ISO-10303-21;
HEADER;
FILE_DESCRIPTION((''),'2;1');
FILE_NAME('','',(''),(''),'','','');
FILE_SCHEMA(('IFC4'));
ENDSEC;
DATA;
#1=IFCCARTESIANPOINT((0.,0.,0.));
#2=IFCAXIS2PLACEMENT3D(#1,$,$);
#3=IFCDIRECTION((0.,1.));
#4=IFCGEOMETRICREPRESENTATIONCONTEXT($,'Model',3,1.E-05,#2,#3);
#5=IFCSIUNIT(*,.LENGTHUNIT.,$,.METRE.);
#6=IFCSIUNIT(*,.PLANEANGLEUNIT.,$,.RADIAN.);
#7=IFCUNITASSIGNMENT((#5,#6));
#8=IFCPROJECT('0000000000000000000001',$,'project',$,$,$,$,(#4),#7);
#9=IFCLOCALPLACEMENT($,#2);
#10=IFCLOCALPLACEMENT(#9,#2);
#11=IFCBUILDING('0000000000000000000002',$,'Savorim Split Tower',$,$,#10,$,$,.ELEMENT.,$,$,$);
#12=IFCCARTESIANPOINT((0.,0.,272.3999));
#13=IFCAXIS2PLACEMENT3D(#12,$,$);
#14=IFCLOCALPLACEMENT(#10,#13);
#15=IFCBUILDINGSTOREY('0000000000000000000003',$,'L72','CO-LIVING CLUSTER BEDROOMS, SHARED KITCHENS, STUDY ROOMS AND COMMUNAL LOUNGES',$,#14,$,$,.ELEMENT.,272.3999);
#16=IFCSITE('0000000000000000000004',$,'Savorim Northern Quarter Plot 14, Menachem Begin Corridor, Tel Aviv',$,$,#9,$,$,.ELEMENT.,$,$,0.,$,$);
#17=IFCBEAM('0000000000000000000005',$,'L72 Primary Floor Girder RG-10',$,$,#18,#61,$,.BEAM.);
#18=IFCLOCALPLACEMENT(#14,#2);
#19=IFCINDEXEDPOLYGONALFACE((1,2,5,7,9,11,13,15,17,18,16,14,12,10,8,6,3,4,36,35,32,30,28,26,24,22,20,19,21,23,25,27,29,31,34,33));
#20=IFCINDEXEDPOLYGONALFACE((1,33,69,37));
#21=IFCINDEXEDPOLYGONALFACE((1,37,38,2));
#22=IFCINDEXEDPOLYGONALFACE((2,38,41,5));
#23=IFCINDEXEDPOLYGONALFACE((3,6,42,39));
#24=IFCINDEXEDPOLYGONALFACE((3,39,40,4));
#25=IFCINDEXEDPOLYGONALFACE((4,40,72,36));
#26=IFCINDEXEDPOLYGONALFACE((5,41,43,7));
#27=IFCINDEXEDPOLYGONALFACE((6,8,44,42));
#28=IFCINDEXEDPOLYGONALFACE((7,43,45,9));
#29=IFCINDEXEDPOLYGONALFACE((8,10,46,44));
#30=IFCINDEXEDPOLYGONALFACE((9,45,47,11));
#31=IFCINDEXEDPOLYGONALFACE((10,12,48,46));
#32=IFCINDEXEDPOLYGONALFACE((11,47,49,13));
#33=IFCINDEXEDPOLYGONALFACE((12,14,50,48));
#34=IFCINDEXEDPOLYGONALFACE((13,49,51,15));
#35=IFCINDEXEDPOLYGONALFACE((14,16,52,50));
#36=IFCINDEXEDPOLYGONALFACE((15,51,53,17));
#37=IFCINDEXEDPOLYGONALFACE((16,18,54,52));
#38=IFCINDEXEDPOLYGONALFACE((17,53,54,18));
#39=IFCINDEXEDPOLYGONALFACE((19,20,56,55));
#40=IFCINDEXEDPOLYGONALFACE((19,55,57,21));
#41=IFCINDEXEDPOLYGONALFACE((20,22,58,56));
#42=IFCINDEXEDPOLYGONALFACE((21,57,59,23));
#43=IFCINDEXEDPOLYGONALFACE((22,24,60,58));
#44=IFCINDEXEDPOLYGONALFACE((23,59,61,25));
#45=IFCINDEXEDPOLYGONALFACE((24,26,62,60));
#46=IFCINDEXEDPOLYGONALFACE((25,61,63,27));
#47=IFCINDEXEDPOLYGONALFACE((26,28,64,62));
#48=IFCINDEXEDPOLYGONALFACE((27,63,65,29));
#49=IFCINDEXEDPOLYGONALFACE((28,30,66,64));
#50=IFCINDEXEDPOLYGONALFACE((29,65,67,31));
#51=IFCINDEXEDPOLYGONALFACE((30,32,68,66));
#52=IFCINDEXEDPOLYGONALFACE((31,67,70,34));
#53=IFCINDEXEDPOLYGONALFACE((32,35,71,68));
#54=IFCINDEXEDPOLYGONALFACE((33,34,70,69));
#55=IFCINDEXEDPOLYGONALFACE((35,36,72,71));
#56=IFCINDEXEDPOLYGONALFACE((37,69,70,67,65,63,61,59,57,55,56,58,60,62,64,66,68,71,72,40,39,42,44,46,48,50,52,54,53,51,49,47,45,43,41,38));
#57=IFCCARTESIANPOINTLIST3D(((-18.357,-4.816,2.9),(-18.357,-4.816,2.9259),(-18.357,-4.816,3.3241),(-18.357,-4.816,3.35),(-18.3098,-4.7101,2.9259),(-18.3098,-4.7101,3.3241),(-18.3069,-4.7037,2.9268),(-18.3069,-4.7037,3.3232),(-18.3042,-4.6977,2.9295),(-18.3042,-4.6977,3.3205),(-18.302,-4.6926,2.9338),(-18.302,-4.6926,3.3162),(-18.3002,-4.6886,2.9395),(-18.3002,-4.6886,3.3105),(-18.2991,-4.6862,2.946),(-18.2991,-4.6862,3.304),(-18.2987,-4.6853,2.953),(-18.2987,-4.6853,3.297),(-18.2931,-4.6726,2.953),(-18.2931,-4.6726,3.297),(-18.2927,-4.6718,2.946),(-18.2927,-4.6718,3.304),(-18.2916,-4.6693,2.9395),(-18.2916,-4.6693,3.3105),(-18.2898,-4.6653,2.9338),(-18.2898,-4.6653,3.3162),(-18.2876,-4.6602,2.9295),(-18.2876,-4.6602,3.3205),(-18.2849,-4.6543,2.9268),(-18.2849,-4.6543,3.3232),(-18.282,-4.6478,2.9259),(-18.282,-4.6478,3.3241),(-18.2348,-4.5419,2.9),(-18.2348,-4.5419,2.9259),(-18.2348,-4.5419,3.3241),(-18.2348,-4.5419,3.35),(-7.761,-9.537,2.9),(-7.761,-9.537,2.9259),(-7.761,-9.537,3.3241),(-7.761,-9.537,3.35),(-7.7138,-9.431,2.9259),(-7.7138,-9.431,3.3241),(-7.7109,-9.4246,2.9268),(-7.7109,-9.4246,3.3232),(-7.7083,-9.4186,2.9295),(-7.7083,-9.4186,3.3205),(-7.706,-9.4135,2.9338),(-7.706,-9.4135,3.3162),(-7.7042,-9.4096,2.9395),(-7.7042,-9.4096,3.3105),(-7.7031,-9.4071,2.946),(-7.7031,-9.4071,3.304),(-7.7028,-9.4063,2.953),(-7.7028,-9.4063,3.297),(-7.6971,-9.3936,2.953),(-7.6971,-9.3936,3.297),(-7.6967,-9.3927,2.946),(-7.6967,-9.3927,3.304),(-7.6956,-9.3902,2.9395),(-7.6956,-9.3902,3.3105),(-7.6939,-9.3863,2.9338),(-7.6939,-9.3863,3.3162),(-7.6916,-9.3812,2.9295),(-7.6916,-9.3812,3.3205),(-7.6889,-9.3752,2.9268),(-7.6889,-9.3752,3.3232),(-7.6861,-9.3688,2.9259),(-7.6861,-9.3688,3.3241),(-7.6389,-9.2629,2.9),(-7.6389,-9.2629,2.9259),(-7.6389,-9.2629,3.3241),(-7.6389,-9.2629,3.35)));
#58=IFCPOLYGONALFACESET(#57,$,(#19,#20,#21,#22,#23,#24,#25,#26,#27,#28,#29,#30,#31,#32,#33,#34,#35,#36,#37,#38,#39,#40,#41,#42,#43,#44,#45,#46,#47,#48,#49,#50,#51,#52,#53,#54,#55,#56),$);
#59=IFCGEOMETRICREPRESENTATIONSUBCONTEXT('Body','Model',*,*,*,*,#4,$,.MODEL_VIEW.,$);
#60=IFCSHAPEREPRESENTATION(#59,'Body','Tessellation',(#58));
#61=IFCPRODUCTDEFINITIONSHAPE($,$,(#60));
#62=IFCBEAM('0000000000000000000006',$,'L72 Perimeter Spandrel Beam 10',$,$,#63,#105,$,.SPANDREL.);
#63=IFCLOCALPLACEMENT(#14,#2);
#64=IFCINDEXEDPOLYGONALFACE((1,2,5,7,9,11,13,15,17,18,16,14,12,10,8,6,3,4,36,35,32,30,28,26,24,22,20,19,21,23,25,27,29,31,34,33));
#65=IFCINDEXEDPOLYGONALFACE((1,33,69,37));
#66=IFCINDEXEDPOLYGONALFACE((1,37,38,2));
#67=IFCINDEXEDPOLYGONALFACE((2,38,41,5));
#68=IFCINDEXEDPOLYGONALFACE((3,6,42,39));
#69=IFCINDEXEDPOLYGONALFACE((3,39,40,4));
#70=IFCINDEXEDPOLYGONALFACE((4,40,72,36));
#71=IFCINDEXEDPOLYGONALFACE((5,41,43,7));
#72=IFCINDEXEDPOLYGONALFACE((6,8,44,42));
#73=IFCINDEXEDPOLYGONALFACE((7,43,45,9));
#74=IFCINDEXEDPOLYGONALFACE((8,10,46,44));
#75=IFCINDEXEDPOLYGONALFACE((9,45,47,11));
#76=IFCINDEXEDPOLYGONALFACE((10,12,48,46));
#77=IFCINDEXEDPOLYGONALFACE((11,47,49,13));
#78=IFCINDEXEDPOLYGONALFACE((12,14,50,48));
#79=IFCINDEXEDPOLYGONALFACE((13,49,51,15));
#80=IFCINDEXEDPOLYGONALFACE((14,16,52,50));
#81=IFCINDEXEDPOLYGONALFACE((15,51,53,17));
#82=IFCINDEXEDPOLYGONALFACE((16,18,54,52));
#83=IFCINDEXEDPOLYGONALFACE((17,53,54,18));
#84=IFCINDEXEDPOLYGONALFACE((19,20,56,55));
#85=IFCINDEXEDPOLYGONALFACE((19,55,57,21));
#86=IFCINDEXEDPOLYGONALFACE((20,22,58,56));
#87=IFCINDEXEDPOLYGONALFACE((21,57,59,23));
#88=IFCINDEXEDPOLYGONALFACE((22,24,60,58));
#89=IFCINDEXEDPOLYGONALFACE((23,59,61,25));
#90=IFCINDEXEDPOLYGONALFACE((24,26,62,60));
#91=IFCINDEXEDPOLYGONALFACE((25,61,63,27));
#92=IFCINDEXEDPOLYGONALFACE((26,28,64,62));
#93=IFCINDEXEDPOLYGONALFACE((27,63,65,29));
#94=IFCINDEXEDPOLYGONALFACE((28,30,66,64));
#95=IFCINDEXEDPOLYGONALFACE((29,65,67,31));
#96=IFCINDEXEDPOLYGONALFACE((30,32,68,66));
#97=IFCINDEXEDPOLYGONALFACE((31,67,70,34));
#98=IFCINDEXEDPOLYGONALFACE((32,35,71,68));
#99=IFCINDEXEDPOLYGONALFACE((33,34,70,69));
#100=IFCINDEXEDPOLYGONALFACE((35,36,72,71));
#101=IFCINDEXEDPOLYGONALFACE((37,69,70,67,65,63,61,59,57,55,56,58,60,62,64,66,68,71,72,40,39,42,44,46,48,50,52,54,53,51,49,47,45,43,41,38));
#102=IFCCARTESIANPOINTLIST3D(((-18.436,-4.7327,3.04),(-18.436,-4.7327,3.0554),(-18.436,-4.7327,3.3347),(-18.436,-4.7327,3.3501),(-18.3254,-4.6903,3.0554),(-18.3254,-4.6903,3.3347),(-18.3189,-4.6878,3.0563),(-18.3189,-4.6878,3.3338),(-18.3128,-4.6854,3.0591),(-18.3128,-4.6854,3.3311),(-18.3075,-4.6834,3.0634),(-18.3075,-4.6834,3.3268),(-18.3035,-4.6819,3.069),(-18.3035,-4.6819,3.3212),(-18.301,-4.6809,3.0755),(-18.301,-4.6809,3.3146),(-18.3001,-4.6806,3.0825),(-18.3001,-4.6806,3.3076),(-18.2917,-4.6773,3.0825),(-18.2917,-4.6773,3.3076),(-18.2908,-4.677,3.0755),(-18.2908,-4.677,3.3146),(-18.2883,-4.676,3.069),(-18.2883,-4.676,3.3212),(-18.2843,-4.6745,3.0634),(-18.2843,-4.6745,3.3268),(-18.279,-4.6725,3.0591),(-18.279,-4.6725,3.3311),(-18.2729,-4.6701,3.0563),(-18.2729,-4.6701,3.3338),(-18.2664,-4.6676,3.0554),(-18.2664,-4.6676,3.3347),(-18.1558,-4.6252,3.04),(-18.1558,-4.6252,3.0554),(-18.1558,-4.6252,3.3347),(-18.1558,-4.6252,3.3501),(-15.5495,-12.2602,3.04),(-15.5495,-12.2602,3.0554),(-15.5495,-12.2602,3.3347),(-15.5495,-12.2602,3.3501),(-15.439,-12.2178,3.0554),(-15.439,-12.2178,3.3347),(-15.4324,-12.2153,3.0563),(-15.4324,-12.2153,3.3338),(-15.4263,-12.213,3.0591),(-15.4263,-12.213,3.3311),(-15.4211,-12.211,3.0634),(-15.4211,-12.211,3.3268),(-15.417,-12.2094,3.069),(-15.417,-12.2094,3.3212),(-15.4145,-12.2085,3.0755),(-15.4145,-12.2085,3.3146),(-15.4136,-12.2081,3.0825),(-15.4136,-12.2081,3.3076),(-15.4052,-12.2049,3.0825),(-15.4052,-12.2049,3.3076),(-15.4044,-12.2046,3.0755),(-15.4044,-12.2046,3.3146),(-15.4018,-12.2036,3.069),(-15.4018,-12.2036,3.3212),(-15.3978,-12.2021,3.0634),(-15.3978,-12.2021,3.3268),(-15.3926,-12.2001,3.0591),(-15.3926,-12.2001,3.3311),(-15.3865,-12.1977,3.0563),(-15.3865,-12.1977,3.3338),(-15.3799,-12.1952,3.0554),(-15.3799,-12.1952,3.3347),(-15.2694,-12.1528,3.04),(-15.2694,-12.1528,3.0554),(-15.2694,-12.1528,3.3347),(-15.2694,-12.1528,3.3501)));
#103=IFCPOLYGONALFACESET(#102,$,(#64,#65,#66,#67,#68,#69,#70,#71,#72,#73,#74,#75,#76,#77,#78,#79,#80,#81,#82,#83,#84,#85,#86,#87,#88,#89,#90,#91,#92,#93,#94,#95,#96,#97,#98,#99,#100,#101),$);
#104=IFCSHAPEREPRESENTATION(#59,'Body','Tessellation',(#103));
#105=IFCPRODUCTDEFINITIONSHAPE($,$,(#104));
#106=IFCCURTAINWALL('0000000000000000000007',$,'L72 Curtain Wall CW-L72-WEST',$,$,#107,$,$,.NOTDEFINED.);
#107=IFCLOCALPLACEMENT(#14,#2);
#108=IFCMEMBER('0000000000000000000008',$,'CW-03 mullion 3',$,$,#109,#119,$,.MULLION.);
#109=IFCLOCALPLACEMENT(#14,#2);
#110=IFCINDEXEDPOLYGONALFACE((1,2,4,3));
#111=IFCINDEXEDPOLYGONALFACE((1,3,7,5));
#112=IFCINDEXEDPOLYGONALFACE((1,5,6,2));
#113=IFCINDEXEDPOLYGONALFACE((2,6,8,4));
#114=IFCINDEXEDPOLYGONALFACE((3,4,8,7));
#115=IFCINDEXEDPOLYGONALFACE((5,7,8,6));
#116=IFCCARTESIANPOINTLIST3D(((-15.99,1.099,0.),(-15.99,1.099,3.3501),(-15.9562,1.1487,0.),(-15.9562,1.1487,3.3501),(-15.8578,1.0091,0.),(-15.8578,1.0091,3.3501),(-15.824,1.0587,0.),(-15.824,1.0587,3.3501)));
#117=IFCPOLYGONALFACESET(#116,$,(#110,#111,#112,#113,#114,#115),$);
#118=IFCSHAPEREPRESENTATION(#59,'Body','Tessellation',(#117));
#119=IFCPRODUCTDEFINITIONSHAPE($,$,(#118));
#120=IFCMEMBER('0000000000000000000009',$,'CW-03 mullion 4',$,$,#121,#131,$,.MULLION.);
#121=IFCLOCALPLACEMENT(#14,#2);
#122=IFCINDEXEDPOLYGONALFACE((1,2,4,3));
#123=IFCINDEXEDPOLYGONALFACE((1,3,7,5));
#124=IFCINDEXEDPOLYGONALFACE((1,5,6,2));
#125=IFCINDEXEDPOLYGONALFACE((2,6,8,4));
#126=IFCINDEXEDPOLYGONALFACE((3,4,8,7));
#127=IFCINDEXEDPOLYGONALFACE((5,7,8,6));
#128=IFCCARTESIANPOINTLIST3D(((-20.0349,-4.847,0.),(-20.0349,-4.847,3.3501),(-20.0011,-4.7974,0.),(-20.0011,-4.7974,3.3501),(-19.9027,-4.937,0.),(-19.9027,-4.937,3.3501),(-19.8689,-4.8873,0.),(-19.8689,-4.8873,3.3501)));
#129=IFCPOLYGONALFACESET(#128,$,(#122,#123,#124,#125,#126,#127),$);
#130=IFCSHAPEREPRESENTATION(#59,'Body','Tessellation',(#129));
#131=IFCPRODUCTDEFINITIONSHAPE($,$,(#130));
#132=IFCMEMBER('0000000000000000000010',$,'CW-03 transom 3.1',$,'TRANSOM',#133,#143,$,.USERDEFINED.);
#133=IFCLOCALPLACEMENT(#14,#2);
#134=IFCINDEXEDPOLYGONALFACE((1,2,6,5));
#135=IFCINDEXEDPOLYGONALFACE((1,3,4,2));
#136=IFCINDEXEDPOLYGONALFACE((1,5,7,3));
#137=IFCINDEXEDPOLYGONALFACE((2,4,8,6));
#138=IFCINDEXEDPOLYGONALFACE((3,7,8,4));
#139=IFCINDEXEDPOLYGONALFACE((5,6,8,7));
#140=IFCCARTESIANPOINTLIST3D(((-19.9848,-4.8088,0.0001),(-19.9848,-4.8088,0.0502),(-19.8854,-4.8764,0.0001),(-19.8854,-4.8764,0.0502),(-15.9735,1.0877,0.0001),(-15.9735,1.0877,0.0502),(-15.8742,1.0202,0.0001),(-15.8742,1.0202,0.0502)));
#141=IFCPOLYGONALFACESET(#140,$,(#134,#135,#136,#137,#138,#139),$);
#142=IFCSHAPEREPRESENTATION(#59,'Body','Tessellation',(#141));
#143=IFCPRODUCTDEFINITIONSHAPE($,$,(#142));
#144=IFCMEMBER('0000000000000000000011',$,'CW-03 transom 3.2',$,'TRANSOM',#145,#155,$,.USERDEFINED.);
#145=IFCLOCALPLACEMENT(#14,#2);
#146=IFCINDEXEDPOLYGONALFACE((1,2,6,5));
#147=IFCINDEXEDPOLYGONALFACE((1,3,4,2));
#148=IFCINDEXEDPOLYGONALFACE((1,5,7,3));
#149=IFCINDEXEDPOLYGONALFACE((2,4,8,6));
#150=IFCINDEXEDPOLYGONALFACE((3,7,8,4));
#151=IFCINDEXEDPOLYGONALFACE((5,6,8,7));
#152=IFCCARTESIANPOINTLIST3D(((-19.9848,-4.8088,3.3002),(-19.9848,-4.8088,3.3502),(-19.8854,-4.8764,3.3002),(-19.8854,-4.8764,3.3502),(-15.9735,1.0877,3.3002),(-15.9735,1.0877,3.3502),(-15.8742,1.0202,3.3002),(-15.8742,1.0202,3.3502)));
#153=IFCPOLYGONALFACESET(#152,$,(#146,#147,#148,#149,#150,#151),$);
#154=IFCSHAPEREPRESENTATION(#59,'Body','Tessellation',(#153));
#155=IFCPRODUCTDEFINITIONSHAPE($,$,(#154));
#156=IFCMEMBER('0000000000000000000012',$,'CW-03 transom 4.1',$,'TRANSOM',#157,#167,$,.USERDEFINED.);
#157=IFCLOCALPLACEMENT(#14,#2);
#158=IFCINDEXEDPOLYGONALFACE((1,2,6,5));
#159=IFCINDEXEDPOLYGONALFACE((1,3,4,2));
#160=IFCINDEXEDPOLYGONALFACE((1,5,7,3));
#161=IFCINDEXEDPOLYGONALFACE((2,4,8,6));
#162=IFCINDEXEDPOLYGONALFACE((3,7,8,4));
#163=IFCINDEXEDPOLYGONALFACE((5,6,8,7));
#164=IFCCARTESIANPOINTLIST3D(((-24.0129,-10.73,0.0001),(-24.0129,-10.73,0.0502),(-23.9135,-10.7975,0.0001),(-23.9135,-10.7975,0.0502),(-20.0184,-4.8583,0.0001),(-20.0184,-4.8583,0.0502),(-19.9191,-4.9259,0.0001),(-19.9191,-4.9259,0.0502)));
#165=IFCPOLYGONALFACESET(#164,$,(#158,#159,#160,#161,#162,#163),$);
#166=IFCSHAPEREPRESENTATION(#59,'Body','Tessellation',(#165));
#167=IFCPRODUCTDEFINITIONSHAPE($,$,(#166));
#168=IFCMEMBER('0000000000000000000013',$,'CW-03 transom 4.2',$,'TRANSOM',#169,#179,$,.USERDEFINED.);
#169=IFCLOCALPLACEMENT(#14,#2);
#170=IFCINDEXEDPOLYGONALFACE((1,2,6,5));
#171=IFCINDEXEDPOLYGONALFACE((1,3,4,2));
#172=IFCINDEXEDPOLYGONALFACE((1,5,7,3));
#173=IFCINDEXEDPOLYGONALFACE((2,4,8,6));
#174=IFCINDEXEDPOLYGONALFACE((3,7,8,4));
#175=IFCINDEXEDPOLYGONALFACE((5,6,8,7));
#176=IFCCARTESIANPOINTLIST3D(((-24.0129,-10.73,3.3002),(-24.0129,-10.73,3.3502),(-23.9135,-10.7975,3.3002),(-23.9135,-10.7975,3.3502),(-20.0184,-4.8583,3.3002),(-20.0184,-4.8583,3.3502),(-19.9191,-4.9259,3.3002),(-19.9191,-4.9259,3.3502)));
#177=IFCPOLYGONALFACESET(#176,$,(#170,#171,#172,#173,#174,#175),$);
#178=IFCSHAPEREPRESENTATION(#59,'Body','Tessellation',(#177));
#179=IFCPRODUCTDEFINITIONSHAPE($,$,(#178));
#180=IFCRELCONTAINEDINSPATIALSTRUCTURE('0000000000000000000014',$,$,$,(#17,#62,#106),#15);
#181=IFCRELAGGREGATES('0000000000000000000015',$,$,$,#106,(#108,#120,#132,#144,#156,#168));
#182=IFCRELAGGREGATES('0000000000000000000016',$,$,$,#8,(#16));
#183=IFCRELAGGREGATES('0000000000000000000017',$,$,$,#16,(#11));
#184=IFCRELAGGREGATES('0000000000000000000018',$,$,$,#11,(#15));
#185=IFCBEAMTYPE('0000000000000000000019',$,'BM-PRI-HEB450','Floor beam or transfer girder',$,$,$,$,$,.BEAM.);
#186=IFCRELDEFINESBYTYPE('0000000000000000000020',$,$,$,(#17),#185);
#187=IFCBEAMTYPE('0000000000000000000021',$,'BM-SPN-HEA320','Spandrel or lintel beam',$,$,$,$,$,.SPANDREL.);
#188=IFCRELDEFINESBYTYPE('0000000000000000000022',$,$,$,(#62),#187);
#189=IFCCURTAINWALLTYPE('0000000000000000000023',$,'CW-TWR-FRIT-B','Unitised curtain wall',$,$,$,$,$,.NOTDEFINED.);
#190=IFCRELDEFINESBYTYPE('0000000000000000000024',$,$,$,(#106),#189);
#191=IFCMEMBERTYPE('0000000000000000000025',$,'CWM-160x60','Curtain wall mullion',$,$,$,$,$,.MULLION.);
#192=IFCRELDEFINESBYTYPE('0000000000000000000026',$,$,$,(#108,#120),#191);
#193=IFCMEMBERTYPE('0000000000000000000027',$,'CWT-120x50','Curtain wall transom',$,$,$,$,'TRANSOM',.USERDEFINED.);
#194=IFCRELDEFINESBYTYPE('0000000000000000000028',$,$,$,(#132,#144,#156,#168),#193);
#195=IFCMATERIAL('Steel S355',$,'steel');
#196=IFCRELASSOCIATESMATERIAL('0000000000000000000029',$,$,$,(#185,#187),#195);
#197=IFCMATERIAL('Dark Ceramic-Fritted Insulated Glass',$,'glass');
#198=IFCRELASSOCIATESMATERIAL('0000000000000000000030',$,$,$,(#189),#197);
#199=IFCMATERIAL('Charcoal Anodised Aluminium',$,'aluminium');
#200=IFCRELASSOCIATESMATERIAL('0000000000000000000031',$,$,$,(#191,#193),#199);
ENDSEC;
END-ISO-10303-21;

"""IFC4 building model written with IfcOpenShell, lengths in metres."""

from ifc_helpers import new_model, si_unit, direction, frame, origin, origin_2d, place, context, subcontext, project, spatial, rectangle, i_section, extrude, material, material_profile, profile_set, type_object, element, aggregate, save


model = new_model("IFC4")

# Units and contexts
model_context = context("Model", 3, precision=1e-05, world=origin(), true_north=direction((0.0, 1.0)))
body_context = subcontext(model_context, "Body", "Model", "MODEL_VIEW")
ifc_project = project(units=[si_unit("LENGTHUNIT", "METRE"), si_unit("PLANEANGLEUNIT", "RADIAN")], contexts=[model_context])

# Site, building, storey
site_placement = place(None, origin())
site = spatial("IfcSite", under=ifc_project, at=site_placement, Name="Savorim Northern Quarter Plot 14, Menachem Begin Corridor, Tel Aviv", CompositionType="ELEMENT", RefElevation=0.0)
building_placement = place(site_placement, origin())
building = spatial("IfcBuilding", under=site, at=building_placement, Name="Savorim Split Tower", CompositionType="ELEMENT")
storey_placement = place(building_placement, frame((0.0, 0.0, 272.3999)))
storey = spatial("IfcBuildingStorey", under=building, at=storey_placement, Name="L72", Description="CO-LIVING CLUSTER BEDROOMS, SHARED KITCHENS, STUDY ROOMS AND COMMUNAL LOUNGES", CompositionType="ELEMENT", Elevation=272.3999)

# Shared definitions
ifc_material_1 = material(Name="Steel S355", Category="steel")

# Beams
ifc_material_profile_1 = material_profile(ifc_material_1, i_section(OverallWidth=0.3, OverallDepth=0.45, WebThickness=0.0139, FlangeThickness=0.0259, FilletRadius=0.0271, at=origin_2d()), Name="HEB 450")
ifc_profile_set_1 = profile_set([ifc_material_profile_1], Name="Steel S355")
beam_type_1 = type_object("IfcBeamType", Name="BM-PRI-HEB450", Description="Floor beam or transfer girder", PredefinedType="BEAM", material=ifc_profile_set_1)
beam_1_placement = place(storey_placement, frame((-18.2959, -4.679, 3.125), z_axis=(0.913439, -0.406976, 0.0), x_axis=(0.406976, 0.913439, 0.0)))
element("IfcBeam", 1, at=beam_1_placement, inside=storey, type_object=beam_type_1, Name="L72 Primary Floor Girder RG-10", PredefinedType="BEAM", context=body_context, shape_type="SweptSolid", body=[
    extrude(i_section(OverallWidth=0.3, OverallDepth=0.45, WebThickness=0.0139, FlangeThickness=0.0259, FilletRadius=0.0271, at=origin_2d()), origin(), (0.0, 0.0, 1.0), 11.6001),
])
ifc_material_profile_2 = material_profile(ifc_material_1, i_section(OverallWidth=0.3, OverallDepth=0.3101, WebThickness=0.009, FlangeThickness=0.0154, FilletRadius=0.0271, at=origin_2d()), Name="HEA 320")
ifc_profile_set_2 = profile_set([ifc_material_profile_2], Name="Steel S355")
beam_type_2 = type_object("IfcBeamType", Name="BM-SPN-HEA320", Description="Spandrel or lintel beam", PredefinedType="SPANDREL", material=ifc_profile_set_2)
beam_2_placement = place(storey_placement, frame((-18.2959, -4.679, 3.1951), z_axis=(0.358033, -0.933709, 0.0), x_axis=(0.933709, 0.358033, 0.0)))
element("IfcBeam", 2, at=beam_2_placement, inside=storey, type_object=beam_type_2, Name="L72 Perimeter Spandrel Beam 10", PredefinedType="SPANDREL", context=body_context, shape_type="SweptSolid", body=[
    extrude(i_section(OverallWidth=0.3, OverallDepth=0.3101, WebThickness=0.009, FlangeThickness=0.0154, FilletRadius=0.0271, at=origin_2d()), origin(), (0.0, 0.0, 1.0), 8.062),
])

# Curtain wall, members
ifc_material_2 = material(Name="Dark Ceramic-Fritted Insulated Glass", Category="glass")
curtain_wall_type = type_object("IfcCurtainWallType", Name="CW-TWR-FRIT-B", Description="Unitised curtain wall", PredefinedType="NOTDEFINED", material=ifc_material_2)
curtain_wall_placement = place(storey_placement, origin())
curtain_wall = element("IfcCurtainWall", 3, at=curtain_wall_placement, inside=storey, type_object=curtain_wall_type, Name="L72 Curtain Wall CW-L72-WEST", PredefinedType="NOTDEFINED")
ifc_material_3 = material(Name="Charcoal Anodised Aluminium", Category="aluminium")
ifc_material_profile_3 = material_profile(ifc_material_3, rectangle(XDim=0.1599, YDim=0.0601, at=origin_2d()), Name="ALU-M 160x60")
ifc_profile_set_3 = profile_set([ifc_material_profile_3], Name="Charcoal Anodised Aluminium")
member_type_1 = type_object("IfcMemberType", Name="CWM-160x60", Description="Curtain wall mullion", PredefinedType="MULLION", material=ifc_profile_set_3)
member_1_placement = place(storey_placement, frame((-15.907, 1.0789, 0.0), z_axis=(0.0, 0.0, 1.0), x_axis=(0.826817, -0.56247, 0.0)))
member_1 = element("IfcMember", 4, at=member_1_placement, type_object=member_type_1, Name="CW-03 mullion 3", PredefinedType="MULLION", context=body_context, shape_type="SweptSolid", body=[
    extrude(rectangle(XDim=0.1599, YDim=0.0601, at=origin_2d()), origin(), (0.0, 0.0, 1.0), 3.3501),
])
member_2_placement = place(storey_placement, frame((-19.9519, -4.8672, 0.0), z_axis=(0.0, 0.0, 1.0), x_axis=(0.826817, -0.56247, 0.0)))
member_2 = element("IfcMember", 5, at=member_2_placement, type_object=member_type_1, Name="CW-03 mullion 4", PredefinedType="MULLION", context=body_context, shape_type="SweptSolid", body=[
    extrude(rectangle(XDim=0.1599, YDim=0.0601, at=origin_2d()), origin(), (0.0, 0.0, 1.0), 3.3501),
])
ifc_material_profile_4 = material_profile(ifc_material_3, rectangle(XDim=0.1201, YDim=0.05, at=origin_2d()), Name="ALU-T 120x50")
ifc_profile_set_4 = profile_set([ifc_material_profile_4], Name="Charcoal Anodised Aluminium")
member_type_2 = type_object("IfcMemberType", Name="CWT-120x50", Description="Curtain wall transom", ElementType="TRANSOM", PredefinedType="USERDEFINED", material=ifc_profile_set_4)
member_3_placement = place(storey_placement, frame((-15.9238, 1.054, 0.0251), z_axis=(-0.562465, -0.826821, 0.0), x_axis=(0.826821, -0.562465, 0.0)))
member_3 = element("IfcMember", 6, at=member_3_placement, type_object=member_type_2, Name="CW-03 transom 3.1", ObjectType="TRANSOM", PredefinedType="USERDEFINED", context=body_context, shape_type="SweptSolid", body=[
    extrude(rectangle(XDim=0.1201, YDim=0.05, at=origin_2d()), origin(), (0.0, 0.0, 1.0), 7.1316),
])
member_4_placement = place(storey_placement, frame((-15.9238, 1.054, 3.3252), z_axis=(-0.562465, -0.826821, 0.0), x_axis=(0.826821, -0.562465, 0.0)))
member_4 = element("IfcMember", 7, at=member_4_placement, type_object=member_type_2, Name="CW-03 transom 3.2", ObjectType="TRANSOM", PredefinedType="USERDEFINED", context=body_context, shape_type="SweptSolid", body=[
    extrude(rectangle(XDim=0.1201, YDim=0.05, at=origin_2d()), origin(), (0.0, 0.0, 1.0), 7.1316),
])
member_5_placement = place(storey_placement, frame((-19.9688, -4.8921, 0.0251), z_axis=(-0.562475, -0.826815, 0.0), x_axis=(0.826815, -0.562475, 0.0)))
member_5 = element("IfcMember", 8, at=member_5_placement, type_object=member_type_2, Name="CW-03 transom 4.1", ObjectType="TRANSOM", PredefinedType="USERDEFINED", context=body_context, shape_type="SweptSolid", body=[
    extrude(rectangle(XDim=0.1201, YDim=0.05, at=origin_2d()), origin(), (0.0, 0.0, 1.0), 7.1016),
])
member_6_placement = place(storey_placement, frame((-19.9688, -4.8921, 3.3252), z_axis=(-0.562475, -0.826815, 0.0), x_axis=(0.826815, -0.562475, 0.0)))
member_6 = element("IfcMember", 9, at=member_6_placement, type_object=member_type_2, Name="CW-03 transom 4.2", ObjectType="TRANSOM", PredefinedType="USERDEFINED", context=body_context, shape_type="SweptSolid", body=[
    extrude(rectangle(XDim=0.1201, YDim=0.05, at=origin_2d()), origin(), (0.0, 0.0, 1.0), 7.1016),
])
aggregate(curtain_wall, [member_1, member_2, member_3, member_4, member_5, member_6])

save(model, "model.ifc")
